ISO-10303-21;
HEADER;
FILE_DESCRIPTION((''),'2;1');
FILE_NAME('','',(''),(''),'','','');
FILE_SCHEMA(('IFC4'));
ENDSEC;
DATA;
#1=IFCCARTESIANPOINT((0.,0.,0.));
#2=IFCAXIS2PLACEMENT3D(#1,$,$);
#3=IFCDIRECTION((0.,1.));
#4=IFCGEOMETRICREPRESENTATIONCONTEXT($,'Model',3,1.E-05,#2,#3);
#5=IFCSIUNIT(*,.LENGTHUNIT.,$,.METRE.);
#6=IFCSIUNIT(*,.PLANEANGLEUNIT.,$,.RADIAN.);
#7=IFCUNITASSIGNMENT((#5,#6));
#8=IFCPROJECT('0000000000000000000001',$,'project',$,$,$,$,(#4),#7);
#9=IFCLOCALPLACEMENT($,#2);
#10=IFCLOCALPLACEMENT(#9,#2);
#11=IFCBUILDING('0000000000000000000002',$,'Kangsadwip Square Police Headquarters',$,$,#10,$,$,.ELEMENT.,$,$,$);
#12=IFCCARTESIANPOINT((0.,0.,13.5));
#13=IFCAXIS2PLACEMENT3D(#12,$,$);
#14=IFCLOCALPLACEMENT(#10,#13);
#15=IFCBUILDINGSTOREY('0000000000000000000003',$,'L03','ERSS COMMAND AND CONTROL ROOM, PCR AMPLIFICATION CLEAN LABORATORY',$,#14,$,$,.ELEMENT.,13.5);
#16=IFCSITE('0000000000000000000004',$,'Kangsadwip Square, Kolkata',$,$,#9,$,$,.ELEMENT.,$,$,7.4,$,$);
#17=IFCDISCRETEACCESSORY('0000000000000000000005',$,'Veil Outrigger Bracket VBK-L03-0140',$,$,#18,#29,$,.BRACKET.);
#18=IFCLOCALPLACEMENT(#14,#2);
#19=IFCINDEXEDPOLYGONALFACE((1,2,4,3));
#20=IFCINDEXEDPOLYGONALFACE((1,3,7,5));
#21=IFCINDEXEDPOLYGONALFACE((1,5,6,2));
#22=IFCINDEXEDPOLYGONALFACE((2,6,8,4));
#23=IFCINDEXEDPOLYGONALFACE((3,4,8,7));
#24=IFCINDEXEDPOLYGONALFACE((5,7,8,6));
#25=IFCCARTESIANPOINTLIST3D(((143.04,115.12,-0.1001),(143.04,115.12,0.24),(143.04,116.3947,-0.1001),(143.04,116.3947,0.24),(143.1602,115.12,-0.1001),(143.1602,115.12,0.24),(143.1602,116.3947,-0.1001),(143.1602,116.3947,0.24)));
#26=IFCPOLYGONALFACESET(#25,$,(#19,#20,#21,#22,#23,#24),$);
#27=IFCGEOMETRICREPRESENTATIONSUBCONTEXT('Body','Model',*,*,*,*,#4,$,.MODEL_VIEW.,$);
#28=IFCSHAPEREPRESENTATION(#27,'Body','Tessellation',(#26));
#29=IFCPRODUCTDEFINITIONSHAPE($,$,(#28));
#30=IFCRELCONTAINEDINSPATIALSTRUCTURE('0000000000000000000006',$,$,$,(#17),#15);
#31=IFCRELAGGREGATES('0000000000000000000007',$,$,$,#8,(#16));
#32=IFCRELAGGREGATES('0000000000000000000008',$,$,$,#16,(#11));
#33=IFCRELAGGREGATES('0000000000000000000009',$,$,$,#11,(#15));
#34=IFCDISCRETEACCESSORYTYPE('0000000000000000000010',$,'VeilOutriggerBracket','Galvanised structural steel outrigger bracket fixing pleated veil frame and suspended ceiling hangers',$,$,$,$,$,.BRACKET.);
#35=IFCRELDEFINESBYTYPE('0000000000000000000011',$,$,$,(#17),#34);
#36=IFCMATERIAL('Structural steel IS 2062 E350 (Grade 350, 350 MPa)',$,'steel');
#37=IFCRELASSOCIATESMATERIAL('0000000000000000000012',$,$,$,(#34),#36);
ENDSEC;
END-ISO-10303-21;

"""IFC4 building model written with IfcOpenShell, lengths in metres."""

from ifc_helpers import new_model, si_unit, direction, frame, origin, origin_2d, place, context, subcontext, project, spatial, rectangle, extrude, material, type_object, element, save


model = new_model("IFC4")

# Units and contexts
model_context = context("Model", 3, precision=1e-05, world=origin(), true_north=direction((0.0, 1.0)))
body_context = subcontext(model_context, "Body", "Model", "MODEL_VIEW")
ifc_project = project(units=[si_unit("LENGTHUNIT", "METRE"), si_unit("PLANEANGLEUNIT", "RADIAN")], contexts=[model_context])

# Site, building, storey
site_placement = place(None, origin())
site = spatial("IfcSite", under=ifc_project, at=site_placement, Name="Kangsadwip Square, Kolkata", CompositionType="ELEMENT", RefElevation=7.4)
building_placement = place(site_placement, origin())
building = spatial("IfcBuilding", under=site, at=building_placement, Name="Kangsadwip Square Police Headquarters", CompositionType="ELEMENT")
storey_placement = place(building_placement, frame((0.0, 0.0, 13.5)))
storey = spatial("IfcBuildingStorey", under=building, at=storey_placement, Name="L03", Description="ERSS COMMAND AND CONTROL ROOM, PCR AMPLIFICATION CLEAN LABORATORY", CompositionType="ELEMENT", Elevation=13.5)

# Discrete accessory
ifc_material_1 = material(Name="Structural steel IS 2062 E350 (Grade 350, 350 MPa)", Category="steel")
discrete_accessory_type = type_object("IfcDiscreteAccessoryType", Name="VeilOutriggerBracket", Description="Galvanised structural steel outrigger bracket fixing pleated veil frame and suspended ceiling hangers", PredefinedType="BRACKET", material=ifc_material_1)
discrete_accessory_1_placement = place(storey_placement, frame((143.1001, 115.7573, -0.1001), z_axis=(0.0, 0.0, 1.0), x_axis=(1.0, 0.0, 0.0)))
element("IfcDiscreteAccessory", 1, at=discrete_accessory_1_placement, inside=storey, type_object=discrete_accessory_type, Name="Veil Outrigger Bracket VBK-L03-0140", PredefinedType="BRACKET", context=body_context, shape_type="SweptSolid", body=[
    extrude(rectangle(XDim=0.1201, YDim=1.2747, at=origin_2d()), origin(), (0.0, 0.0, 1.0), 0.3401),
])

save(model, "model.ifc")
